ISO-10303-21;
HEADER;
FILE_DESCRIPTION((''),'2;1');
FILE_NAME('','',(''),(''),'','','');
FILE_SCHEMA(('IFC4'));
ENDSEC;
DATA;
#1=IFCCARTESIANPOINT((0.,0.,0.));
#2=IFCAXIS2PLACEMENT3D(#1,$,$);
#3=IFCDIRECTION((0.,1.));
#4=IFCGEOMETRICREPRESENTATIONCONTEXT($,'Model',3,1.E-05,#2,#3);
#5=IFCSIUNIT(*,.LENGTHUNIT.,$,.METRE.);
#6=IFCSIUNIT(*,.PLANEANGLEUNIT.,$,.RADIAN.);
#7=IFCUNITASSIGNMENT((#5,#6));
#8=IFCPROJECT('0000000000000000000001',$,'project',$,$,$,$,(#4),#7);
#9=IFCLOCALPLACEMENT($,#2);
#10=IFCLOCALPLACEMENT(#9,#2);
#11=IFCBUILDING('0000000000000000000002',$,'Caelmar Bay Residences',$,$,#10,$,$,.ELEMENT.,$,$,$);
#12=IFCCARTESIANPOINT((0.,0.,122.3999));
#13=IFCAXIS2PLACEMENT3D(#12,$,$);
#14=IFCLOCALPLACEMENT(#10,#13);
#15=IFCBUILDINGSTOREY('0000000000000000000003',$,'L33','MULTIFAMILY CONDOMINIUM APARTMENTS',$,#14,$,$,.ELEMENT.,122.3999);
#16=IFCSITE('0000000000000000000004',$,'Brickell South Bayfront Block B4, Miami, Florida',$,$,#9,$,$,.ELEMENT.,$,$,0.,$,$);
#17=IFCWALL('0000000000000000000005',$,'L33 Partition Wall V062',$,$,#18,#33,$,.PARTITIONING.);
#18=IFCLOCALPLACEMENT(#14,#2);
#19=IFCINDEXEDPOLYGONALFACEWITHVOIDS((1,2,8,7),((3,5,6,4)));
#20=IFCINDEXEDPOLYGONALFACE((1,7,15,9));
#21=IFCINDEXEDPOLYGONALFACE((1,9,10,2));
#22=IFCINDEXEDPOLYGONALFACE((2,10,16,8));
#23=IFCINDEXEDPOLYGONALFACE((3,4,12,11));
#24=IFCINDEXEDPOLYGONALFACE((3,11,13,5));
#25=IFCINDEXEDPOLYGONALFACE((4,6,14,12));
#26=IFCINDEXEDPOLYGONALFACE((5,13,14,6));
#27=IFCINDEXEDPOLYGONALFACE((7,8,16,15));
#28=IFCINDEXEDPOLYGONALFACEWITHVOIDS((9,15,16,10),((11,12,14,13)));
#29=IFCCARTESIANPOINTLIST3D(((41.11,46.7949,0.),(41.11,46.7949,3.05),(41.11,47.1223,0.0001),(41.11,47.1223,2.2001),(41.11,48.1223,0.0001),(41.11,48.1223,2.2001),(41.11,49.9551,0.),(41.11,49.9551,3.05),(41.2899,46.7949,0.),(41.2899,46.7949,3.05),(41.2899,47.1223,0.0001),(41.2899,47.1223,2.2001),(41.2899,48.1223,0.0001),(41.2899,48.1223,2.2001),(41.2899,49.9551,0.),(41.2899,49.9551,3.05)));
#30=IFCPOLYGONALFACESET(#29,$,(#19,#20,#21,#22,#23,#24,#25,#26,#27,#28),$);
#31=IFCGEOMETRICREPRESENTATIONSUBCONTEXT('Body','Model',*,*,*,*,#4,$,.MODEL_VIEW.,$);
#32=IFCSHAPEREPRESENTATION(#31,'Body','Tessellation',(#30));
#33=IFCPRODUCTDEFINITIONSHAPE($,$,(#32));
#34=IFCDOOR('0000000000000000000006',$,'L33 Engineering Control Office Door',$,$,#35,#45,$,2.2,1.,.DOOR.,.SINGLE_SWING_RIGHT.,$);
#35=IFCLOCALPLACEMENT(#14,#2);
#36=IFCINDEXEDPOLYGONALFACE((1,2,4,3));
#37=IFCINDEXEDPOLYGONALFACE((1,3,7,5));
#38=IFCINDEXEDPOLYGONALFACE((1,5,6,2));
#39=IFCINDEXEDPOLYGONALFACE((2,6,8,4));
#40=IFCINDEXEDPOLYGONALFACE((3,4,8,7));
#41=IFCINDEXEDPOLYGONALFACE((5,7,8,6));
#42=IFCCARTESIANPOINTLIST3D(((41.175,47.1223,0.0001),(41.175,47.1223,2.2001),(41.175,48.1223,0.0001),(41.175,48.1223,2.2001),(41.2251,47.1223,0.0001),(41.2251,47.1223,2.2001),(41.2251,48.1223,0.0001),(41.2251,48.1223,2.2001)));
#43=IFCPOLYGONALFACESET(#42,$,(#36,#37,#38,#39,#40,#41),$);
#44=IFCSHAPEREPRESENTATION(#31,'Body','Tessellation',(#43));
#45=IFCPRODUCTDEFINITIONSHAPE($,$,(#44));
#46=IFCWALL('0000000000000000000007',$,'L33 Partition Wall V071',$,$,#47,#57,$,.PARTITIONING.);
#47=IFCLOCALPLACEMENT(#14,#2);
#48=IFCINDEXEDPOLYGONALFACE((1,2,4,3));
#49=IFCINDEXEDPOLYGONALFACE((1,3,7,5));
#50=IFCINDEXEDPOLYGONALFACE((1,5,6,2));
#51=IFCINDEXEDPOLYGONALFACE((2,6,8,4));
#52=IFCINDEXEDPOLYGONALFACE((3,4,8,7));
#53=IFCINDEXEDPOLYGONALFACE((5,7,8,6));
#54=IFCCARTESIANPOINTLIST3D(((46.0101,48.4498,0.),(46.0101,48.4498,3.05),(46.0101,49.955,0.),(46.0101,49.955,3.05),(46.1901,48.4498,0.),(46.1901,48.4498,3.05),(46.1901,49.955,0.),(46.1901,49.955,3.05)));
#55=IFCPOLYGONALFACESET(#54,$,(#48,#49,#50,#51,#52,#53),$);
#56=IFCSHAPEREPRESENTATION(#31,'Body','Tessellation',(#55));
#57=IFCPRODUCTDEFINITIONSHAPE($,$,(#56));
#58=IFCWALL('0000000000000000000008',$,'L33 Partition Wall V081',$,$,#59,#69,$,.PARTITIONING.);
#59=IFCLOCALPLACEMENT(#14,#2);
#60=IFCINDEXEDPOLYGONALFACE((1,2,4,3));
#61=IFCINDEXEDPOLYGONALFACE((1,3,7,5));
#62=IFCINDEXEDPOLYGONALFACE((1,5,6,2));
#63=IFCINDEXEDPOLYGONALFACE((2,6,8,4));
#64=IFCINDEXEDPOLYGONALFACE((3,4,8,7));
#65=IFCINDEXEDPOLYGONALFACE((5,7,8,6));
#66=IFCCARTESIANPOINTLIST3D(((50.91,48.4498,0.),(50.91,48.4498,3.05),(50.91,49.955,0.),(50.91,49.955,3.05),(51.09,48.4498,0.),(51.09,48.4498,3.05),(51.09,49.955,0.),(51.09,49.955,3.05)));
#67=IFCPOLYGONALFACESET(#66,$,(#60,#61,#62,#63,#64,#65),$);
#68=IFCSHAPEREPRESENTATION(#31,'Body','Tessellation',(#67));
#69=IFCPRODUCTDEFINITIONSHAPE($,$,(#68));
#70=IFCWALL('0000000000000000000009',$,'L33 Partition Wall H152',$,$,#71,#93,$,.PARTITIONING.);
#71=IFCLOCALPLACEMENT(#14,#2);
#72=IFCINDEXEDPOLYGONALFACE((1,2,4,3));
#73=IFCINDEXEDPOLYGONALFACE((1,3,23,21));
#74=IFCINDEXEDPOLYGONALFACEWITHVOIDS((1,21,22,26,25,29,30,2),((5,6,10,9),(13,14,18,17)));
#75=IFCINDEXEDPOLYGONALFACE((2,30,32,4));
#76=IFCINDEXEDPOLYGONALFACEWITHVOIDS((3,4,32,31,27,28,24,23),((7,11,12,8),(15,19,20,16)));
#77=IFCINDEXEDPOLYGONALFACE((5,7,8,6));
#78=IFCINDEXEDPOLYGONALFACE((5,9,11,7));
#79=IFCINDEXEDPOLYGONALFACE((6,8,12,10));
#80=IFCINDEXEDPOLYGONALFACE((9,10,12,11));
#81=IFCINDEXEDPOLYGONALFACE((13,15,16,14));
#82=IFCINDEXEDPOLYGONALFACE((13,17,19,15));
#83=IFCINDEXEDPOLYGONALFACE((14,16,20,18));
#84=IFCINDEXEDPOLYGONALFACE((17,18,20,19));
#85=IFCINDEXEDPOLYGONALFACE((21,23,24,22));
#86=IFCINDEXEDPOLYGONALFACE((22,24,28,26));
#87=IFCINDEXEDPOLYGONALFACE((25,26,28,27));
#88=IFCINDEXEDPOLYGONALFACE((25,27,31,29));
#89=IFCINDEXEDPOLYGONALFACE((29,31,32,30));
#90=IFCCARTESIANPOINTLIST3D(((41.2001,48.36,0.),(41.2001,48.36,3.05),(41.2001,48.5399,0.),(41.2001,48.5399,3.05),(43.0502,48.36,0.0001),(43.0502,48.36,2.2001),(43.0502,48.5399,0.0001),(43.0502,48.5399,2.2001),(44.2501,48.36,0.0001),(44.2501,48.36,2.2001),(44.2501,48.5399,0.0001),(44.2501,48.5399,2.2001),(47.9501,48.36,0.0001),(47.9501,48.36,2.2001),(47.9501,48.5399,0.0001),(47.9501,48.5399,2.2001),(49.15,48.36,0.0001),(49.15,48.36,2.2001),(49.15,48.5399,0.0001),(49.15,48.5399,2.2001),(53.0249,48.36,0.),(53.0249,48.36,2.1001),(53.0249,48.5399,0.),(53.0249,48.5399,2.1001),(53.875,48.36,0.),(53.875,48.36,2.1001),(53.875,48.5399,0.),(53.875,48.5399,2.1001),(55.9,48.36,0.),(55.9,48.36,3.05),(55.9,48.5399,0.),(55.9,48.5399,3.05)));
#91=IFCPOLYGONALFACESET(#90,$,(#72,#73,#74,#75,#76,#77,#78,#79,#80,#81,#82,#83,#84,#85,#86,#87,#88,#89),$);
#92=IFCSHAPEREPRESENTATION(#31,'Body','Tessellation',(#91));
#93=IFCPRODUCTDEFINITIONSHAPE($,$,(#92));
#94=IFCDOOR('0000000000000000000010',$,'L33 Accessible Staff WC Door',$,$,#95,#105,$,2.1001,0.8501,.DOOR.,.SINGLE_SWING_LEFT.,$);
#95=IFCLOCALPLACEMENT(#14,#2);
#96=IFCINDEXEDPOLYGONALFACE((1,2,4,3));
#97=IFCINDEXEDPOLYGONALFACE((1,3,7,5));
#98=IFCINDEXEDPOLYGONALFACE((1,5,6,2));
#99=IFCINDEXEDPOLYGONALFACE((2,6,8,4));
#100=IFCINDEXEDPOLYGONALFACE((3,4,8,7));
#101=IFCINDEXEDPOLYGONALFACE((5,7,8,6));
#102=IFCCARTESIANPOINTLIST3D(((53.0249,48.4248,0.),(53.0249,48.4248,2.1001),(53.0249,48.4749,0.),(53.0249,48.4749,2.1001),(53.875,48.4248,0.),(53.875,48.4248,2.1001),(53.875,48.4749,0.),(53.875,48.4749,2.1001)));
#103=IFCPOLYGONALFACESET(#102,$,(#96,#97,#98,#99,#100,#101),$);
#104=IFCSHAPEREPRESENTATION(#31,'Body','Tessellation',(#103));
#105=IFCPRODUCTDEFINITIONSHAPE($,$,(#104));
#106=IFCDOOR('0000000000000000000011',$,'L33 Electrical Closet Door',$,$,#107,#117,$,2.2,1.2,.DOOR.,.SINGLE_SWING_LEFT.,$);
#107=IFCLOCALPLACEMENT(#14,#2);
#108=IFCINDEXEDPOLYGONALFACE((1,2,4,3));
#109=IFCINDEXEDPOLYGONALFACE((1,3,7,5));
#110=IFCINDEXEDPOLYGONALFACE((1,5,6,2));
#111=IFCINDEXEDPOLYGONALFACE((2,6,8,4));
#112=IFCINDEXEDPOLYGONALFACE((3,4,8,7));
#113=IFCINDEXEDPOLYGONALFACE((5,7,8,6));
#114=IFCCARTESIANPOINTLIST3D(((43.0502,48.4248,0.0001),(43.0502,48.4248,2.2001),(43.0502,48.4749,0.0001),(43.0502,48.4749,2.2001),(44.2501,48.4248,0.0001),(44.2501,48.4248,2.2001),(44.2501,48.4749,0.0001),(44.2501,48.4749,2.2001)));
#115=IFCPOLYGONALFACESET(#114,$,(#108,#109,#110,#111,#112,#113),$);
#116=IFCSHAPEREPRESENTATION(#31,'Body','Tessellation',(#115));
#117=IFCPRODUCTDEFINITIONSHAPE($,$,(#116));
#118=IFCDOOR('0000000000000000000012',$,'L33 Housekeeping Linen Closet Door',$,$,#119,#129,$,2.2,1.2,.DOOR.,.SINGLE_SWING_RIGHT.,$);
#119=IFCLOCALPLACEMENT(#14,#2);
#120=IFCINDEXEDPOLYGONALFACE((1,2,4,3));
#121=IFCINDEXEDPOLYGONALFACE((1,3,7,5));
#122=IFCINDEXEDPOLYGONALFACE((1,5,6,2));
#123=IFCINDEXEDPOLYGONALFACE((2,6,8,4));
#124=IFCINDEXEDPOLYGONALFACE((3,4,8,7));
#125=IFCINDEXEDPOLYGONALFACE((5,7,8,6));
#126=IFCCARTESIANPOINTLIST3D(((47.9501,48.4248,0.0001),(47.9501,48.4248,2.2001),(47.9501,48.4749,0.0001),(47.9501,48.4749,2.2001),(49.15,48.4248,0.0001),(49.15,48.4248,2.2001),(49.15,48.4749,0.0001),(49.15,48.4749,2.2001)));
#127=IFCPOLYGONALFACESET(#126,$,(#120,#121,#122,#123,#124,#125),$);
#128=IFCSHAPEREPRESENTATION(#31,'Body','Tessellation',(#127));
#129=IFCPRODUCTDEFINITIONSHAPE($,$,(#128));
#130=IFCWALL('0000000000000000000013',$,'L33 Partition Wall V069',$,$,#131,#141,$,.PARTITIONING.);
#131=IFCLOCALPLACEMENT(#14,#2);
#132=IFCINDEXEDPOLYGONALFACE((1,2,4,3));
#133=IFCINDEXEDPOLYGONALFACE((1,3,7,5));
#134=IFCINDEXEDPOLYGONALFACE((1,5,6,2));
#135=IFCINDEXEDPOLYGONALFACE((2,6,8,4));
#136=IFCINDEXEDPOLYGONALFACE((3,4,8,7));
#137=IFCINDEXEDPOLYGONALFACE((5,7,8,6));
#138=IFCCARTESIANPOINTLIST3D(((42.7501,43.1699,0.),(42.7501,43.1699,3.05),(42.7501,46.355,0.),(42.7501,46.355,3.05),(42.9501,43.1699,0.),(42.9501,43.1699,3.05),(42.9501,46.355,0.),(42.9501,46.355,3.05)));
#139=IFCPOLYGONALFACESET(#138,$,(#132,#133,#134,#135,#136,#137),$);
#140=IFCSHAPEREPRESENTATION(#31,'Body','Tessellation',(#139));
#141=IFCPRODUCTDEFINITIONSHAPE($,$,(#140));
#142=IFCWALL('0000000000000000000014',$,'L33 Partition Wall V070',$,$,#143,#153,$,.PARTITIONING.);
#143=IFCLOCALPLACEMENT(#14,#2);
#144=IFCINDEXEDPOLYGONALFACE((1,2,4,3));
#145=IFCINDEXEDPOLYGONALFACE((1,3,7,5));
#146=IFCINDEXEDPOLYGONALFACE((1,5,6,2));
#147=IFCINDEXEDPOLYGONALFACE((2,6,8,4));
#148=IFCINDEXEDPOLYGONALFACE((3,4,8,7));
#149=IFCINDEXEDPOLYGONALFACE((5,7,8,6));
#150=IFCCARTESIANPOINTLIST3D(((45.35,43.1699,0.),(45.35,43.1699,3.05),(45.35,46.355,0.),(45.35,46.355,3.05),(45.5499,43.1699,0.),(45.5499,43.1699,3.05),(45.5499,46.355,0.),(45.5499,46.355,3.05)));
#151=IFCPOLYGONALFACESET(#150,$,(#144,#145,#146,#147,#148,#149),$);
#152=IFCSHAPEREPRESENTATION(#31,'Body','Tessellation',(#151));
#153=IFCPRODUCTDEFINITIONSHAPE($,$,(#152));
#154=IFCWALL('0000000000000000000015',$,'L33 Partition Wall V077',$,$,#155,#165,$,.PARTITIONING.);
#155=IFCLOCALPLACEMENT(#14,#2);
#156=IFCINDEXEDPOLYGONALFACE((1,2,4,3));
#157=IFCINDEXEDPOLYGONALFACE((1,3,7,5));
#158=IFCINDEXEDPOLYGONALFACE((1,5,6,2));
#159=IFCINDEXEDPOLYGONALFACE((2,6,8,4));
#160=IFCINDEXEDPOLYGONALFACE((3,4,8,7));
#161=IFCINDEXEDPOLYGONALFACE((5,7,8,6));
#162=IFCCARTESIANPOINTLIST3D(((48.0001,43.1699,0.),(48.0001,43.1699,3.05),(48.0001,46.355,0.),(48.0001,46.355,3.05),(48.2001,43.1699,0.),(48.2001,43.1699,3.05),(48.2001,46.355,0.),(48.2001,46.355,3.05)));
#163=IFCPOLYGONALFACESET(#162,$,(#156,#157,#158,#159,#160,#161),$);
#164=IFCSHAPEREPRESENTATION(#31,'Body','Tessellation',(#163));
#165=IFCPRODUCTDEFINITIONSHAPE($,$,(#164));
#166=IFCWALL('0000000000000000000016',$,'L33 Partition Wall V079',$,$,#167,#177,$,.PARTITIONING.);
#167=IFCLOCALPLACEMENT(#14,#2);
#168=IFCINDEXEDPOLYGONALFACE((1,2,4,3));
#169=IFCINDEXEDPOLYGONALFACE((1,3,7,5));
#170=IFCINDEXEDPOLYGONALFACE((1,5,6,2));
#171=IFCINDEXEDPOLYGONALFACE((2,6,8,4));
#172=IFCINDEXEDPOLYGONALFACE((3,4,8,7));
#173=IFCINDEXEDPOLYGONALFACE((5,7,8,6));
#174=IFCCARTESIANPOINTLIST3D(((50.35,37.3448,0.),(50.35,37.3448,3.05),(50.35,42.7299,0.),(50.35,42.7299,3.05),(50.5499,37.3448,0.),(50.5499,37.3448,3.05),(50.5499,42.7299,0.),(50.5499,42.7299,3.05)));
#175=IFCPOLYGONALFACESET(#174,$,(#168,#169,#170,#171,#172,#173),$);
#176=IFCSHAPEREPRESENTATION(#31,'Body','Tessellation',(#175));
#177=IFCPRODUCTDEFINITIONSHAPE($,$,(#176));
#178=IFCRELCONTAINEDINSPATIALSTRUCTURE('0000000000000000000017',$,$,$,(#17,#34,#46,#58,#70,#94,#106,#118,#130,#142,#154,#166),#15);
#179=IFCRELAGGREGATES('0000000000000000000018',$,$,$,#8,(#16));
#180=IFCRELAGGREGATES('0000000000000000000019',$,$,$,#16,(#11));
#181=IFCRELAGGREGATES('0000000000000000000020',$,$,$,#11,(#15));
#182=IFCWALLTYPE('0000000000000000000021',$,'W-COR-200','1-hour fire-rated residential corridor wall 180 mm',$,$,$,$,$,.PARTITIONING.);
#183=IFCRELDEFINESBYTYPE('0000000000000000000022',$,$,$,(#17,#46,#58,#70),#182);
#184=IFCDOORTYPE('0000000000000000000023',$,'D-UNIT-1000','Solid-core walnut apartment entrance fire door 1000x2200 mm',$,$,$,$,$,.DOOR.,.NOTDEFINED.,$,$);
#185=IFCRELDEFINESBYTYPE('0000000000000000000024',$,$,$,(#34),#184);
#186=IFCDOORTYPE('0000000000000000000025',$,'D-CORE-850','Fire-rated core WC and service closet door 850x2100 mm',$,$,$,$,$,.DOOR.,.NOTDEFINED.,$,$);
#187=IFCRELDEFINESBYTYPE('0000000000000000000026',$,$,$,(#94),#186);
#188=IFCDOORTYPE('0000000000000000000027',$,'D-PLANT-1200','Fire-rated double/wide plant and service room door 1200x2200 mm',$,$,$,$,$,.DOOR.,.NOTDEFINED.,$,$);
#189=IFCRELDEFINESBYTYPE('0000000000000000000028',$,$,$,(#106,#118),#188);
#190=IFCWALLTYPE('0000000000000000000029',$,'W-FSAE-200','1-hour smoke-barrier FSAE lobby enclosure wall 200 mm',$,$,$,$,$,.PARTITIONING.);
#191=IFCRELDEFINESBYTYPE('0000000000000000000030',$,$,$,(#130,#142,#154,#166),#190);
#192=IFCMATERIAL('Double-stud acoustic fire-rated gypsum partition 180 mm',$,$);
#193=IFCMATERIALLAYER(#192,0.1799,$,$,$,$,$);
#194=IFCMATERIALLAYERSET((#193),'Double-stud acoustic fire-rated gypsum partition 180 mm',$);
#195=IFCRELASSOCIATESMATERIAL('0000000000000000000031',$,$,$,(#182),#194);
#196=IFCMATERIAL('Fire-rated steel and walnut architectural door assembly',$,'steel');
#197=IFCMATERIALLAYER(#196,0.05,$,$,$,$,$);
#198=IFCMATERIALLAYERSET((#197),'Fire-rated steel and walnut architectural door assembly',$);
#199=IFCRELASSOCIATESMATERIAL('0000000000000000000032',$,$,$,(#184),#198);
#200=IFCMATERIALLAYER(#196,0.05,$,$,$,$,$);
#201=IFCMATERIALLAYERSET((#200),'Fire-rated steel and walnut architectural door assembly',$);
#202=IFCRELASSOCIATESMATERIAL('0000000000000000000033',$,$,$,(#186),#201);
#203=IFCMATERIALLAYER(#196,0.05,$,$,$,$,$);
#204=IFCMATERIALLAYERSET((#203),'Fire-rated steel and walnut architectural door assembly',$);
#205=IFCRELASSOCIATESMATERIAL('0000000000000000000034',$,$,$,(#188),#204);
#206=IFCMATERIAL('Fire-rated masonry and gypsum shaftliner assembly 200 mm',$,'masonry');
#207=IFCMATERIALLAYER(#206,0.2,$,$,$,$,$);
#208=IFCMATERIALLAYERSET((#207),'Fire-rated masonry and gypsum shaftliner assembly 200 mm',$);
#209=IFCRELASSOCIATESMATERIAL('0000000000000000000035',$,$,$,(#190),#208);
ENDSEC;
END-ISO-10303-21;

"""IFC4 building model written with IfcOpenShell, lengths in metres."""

from ifc_helpers import new_model, si_unit, direction, frame, frame_2d, origin, place, context, subcontext, project, spatial, rectangle, extrude, material, layer, layer_set, type_object, element, fill, save


model = new_model("IFC4")

# Units and contexts
model_context = context("Model", 3, precision=1e-05, world=origin(), true_north=direction((0.0, 1.0)))
body_context = subcontext(model_context, "Body", "Model", "MODEL_VIEW")
ifc_project = project(units=[si_unit("LENGTHUNIT", "METRE"), si_unit("PLANEANGLEUNIT", "RADIAN")], contexts=[model_context])

# Site, building, storey
site_placement = place(None, origin())
site = spatial("IfcSite", under=ifc_project, at=site_placement, Name="Brickell South Bayfront Block B4, Miami, Florida", CompositionType="ELEMENT", RefElevation=0.0)
building_placement = place(site_placement, origin())
building = spatial("IfcBuilding", under=site, at=building_placement, Name="Caelmar Bay Residences", CompositionType="ELEMENT")
storey_placement = place(building_placement, frame((0.0, 0.0, 122.3999)))
storey = spatial("IfcBuildingStorey", under=building, at=storey_placement, Name="L33", Description="MULTIFAMILY CONDOMINIUM APARTMENTS", CompositionType="ELEMENT", Elevation=122.3999)

# Wall, opening, door
ifc_material_1 = material(Name="Double-stud acoustic fire-rated gypsum partition 180 mm")
ifc_layer_1 = layer(ifc_material_1, 0.1799)
ifc_layer_set_1 = layer_set([ifc_layer_1], Name="Double-stud acoustic fire-rated gypsum partition 180 mm")
wall_type_1 = type_object("IfcWallType", Name="W-COR-200", Description="1-hour fire-rated residential corridor wall 180 mm", PredefinedType="PARTITIONING", material=ifc_layer_set_1)
wall_1_placement = place(storey_placement, frame((41.2, 46.7949, 0.0), z_axis=(0.0, 0.0, 1.0), x_axis=(0.0, 1.0, 0.0)))
wall_1 = element("IfcWall", 1, at=wall_1_placement, inside=storey, type_object=wall_type_1, Name="L33 Partition Wall V062", PredefinedType="PARTITIONING", context=body_context, shape_type="SweptSolid", body=[
    extrude(rectangle(XDim=3.1602, YDim=0.1799, at=frame_2d((1.5801, 0.0))), origin(), (0.0, 0.0, 1.0), 3.05),
])
opening_1_placement = place(wall_1_placement, frame((0.3274, 0.0, 0.0)))
opening_1 = element("IfcOpeningElement", 2, at=opening_1_placement, cuts=wall_1, PredefinedType="OPENING", context=body_context, shape_type="SweptSolid", body=[
    extrude(rectangle(XDim=1.0, YDim=2.2, at=frame_2d((0.5, 1.1001))), frame((0.0, 0.0999, 0.0), z_axis=(0.0, -1.0, 0.0), x_axis=(1.0, 0.0, 0.0)), (0.0, 0.0, 1.0), 0.2),
])
ifc_material_2 = material(Name="Fire-rated steel and walnut architectural door assembly", Category="steel")
ifc_layer_2 = layer(ifc_material_2, 0.05)
ifc_layer_set_2 = layer_set([ifc_layer_2], Name="Fire-rated steel and walnut architectural door assembly")
door_type_1 = type_object("IfcDoorType", Name="D-UNIT-1000", Description="Solid-core walnut apartment entrance fire door 1000x2200 mm", OperationType="NOTDEFINED", PredefinedType="DOOR", material=ifc_layer_set_2)
door_1_placement = place(opening_1_placement, origin())
door_1 = element("IfcDoor", 3, at=door_1_placement, inside=storey, type_object=door_type_1, Name="L33 Engineering Control Office Door", OperationType="SINGLE_SWING_RIGHT", OverallHeight=2.2, OverallWidth=1.0, PredefinedType="DOOR", context=body_context, shape_type="SweptSolid", body=[
    extrude(rectangle(XDim=1.0, YDim=2.2, at=frame_2d((0.5, 1.1001))), frame((0.0, 0.0249, 0.0), z_axis=(0.0, -1.0, 0.0), x_axis=(1.0, 0.0, 0.0)), (0.0, 0.0, 1.0), 0.05),
])
fill(opening_1, door_1)

# Walls
for number, where, z_axis, x_axis, name in (
    (4, (46.1001, 48.45, 0.0), (0.0, 0.0, 1.0), (0.0, 1.0, 0.0), "L33 Partition Wall V071"),
    (5, (51.0, 48.45, 0.0), (0.0, 0.0, 1.0), (0.0, 1.0, 0.0), "L33 Partition Wall V081"),
):
    element("IfcWall", number, at=place(storey_placement, frame(where, z_axis=z_axis, x_axis=x_axis)), inside=storey, type_object=wall_type_1, Name=name, PredefinedType="PARTITIONING", context=body_context, shape_type="SweptSolid", body=[
        extrude(rectangle(XDim=1.5051, YDim=0.1799, at=frame_2d((0.7524, 0.0))), origin(), (0.0, 0.0, 1.0), 3.05),
    ])

# Wall, openings, doors
wall_2_placement = place(storey_placement, frame((41.2, 48.45, 0.0), z_axis=(0.0, 0.0, 1.0), x_axis=(1.0, 0.0, 0.0)))
wall_2 = element("IfcWall", 6, at=wall_2_placement, inside=storey, type_object=wall_type_1, Name="L33 Partition Wall H152", PredefinedType="PARTITIONING", context=body_context, shape_type="SweptSolid", body=[
    extrude(rectangle(XDim=14.7, YDim=0.1799, at=frame_2d((7.3501, 0.0))), origin(), (0.0, 0.0, 1.0), 3.05),
])
opening_2_placement = place(wall_2_placement, frame((1.8501, 0.0, 0.0)))
opening_2 = element("IfcOpeningElement", 7, at=opening_2_placement, cuts=wall_2, PredefinedType="OPENING", context=body_context, shape_type="SweptSolid", body=[
    extrude(rectangle(XDim=1.2, YDim=2.2, at=frame_2d((0.6001, 1.1001))), frame((0.0, 0.0999, 0.0), z_axis=(0.0, -1.0, 0.0), x_axis=(1.0, 0.0, 0.0)), (0.0, 0.0, 1.0), 0.2),
])
opening_3_placement = place(wall_2_placement, frame((6.75, 0.0, 0.0)))
opening_3 = element("IfcOpeningElement", 8, at=opening_3_placement, cuts=wall_2, PredefinedType="OPENING", context=body_context, shape_type="SweptSolid", body=[
    extrude(rectangle(XDim=1.2, YDim=2.2, at=frame_2d((0.6001, 1.1001))), frame((0.0, 0.0999, 0.0), z_axis=(0.0, -1.0, 0.0), x_axis=(1.0, 0.0, 0.0)), (0.0, 0.0, 1.0), 0.2),
])
opening_4_placement = place(wall_2_placement, frame((11.825, 0.0, 0.0)))
opening_4 = element("IfcOpeningElement", 9, at=opening_4_placement, cuts=wall_2, PredefinedType="OPENING", context=body_context, shape_type="SweptSolid", body=[
    extrude(rectangle(XDim=0.8501, YDim=2.1001, at=frame_2d((0.425, 1.05))), frame((0.0, 0.0999, 0.0), z_axis=(0.0, -1.0, 0.0), x_axis=(1.0, 0.0, 0.0)), (0.0, 0.0, 1.0), 0.2),
])
ifc_layer_3 = layer(ifc_material_2, 0.05)
ifc_layer_set_3 = layer_set([ifc_layer_3], Name="Fire-rated steel and walnut architectural door assembly")
door_type_2 = type_object("IfcDoorType", Name="D-CORE-850", Description="Fire-rated core WC and service closet door 850x2100 mm", OperationType="NOTDEFINED", PredefinedType="DOOR", material=ifc_layer_set_3)
door_2_placement = place(opening_4_placement, origin())
door_2 = element("IfcDoor", 10, at=door_2_placement, inside=storey, type_object=door_type_2, Name="L33 Accessible Staff WC Door", OperationType="SINGLE_SWING_LEFT", OverallHeight=2.1001, OverallWidth=0.8501, PredefinedType="DOOR", context=body_context, shape_type="SweptSolid", body=[
    extrude(rectangle(XDim=0.8501, YDim=2.1001, at=frame_2d((0.425, 1.05))), frame((0.0, 0.0249, 0.0), z_axis=(0.0, -1.0, 0.0), x_axis=(1.0, 0.0, 0.0)), (0.0, 0.0, 1.0), 0.05),
])
fill(opening_4, door_2)
ifc_layer_4 = layer(ifc_material_2, 0.05)
ifc_layer_set_4 = layer_set([ifc_layer_4], Name="Fire-rated steel and walnut architectural door assembly")
door_type_3 = type_object("IfcDoorType", Name="D-PLANT-1200", Description="Fire-rated double/wide plant and service room door 1200x2200 mm", OperationType="NOTDEFINED", PredefinedType="DOOR", material=ifc_layer_set_4)
door_3_placement = place(opening_2_placement, origin())
door_3 = element("IfcDoor", 11, at=door_3_placement, inside=storey, type_object=door_type_3, Name="L33 Electrical Closet Door", OperationType="SINGLE_SWING_LEFT", OverallHeight=2.2, OverallWidth=1.2, PredefinedType="DOOR", context=body_context, shape_type="SweptSolid", body=[
    extrude(rectangle(XDim=1.2, YDim=2.2, at=frame_2d((0.6001, 1.1001))), frame((0.0, 0.0249, 0.0), z_axis=(0.0, -1.0, 0.0), x_axis=(1.0, 0.0, 0.0)), (0.0, 0.0, 1.0), 0.05),
])
fill(opening_2, door_3)
door_4_placement = place(opening_3_placement, origin())
door_4 = element("IfcDoor", 12, at=door_4_placement, inside=storey, type_object=door_type_3, Name="L33 Housekeeping Linen Closet Door", OperationType="SINGLE_SWING_RIGHT", OverallHeight=2.2, OverallWidth=1.2, PredefinedType="DOOR", context=body_context, shape_type="SweptSolid", body=[
    extrude(rectangle(XDim=1.2, YDim=2.2, at=frame_2d((0.6001, 1.1001))), frame((0.0, 0.0249, 0.0), z_axis=(0.0, -1.0, 0.0), x_axis=(1.0, 0.0, 0.0)), (0.0, 0.0, 1.0), 0.05),
])
fill(opening_3, door_4)

# Walls
ifc_material_3 = material(Name="Fire-rated masonry and gypsum shaftliner assembly 200 mm", Category="masonry")
ifc_layer_5 = layer(ifc_material_3, 0.2)
ifc_layer_set_5 = layer_set([ifc_layer_5], Name="Fire-rated masonry and gypsum shaftliner assembly 200 mm")
wall_type_2 = type_object("IfcWallType", Name="W-FSAE-200", Description="1-hour smoke-barrier FSAE lobby enclosure wall 200 mm", PredefinedType="PARTITIONING", material=ifc_layer_set_5)
for number, where, z_axis, x_axis, name in (
    (13, (42.8501, 43.1699, 0.0), (0.0, 0.0, 1.0), (0.0, 1.0, 0.0), "L33 Partition Wall V069"),
    (14, (45.45, 43.1699, 0.0), (0.0, 0.0, 1.0), (0.0, 1.0, 0.0), "L33 Partition Wall V070"),
    (15, (48.1001, 43.1699, 0.0), (0.0, 0.0, 1.0), (0.0, 1.0, 0.0), "L33 Partition Wall V077"),
):
    element("IfcWall", number, at=place(storey_placement, frame(where, z_axis=z_axis, x_axis=x_axis)), inside=storey, type_object=wall_type_2, Name=name, PredefinedType="PARTITIONING", context=body_context, shape_type="SweptSolid", body=[
        extrude(rectangle(XDim=3.1851, YDim=0.2, at=frame_2d((1.5925, 0.0))), origin(), (0.0, 0.0, 1.0), 3.05),
    ])
wall_3_placement = place(storey_placement, frame((50.45, 37.345, 0.0), z_axis=(0.0, 0.0, 1.0), x_axis=(0.0, 1.0, 0.0)))
element("IfcWall", 16, at=wall_3_placement, inside=storey, type_object=wall_type_2, Name="L33 Partition Wall V079", PredefinedType="PARTITIONING", context=body_context, shape_type="SweptSolid", body=[
    extrude(rectangle(XDim=5.385, YDim=0.2, at=frame_2d((2.6924, 0.0))), origin(), (0.0, 0.0, 1.0), 3.05),
])

save(model, "model.ifc")
